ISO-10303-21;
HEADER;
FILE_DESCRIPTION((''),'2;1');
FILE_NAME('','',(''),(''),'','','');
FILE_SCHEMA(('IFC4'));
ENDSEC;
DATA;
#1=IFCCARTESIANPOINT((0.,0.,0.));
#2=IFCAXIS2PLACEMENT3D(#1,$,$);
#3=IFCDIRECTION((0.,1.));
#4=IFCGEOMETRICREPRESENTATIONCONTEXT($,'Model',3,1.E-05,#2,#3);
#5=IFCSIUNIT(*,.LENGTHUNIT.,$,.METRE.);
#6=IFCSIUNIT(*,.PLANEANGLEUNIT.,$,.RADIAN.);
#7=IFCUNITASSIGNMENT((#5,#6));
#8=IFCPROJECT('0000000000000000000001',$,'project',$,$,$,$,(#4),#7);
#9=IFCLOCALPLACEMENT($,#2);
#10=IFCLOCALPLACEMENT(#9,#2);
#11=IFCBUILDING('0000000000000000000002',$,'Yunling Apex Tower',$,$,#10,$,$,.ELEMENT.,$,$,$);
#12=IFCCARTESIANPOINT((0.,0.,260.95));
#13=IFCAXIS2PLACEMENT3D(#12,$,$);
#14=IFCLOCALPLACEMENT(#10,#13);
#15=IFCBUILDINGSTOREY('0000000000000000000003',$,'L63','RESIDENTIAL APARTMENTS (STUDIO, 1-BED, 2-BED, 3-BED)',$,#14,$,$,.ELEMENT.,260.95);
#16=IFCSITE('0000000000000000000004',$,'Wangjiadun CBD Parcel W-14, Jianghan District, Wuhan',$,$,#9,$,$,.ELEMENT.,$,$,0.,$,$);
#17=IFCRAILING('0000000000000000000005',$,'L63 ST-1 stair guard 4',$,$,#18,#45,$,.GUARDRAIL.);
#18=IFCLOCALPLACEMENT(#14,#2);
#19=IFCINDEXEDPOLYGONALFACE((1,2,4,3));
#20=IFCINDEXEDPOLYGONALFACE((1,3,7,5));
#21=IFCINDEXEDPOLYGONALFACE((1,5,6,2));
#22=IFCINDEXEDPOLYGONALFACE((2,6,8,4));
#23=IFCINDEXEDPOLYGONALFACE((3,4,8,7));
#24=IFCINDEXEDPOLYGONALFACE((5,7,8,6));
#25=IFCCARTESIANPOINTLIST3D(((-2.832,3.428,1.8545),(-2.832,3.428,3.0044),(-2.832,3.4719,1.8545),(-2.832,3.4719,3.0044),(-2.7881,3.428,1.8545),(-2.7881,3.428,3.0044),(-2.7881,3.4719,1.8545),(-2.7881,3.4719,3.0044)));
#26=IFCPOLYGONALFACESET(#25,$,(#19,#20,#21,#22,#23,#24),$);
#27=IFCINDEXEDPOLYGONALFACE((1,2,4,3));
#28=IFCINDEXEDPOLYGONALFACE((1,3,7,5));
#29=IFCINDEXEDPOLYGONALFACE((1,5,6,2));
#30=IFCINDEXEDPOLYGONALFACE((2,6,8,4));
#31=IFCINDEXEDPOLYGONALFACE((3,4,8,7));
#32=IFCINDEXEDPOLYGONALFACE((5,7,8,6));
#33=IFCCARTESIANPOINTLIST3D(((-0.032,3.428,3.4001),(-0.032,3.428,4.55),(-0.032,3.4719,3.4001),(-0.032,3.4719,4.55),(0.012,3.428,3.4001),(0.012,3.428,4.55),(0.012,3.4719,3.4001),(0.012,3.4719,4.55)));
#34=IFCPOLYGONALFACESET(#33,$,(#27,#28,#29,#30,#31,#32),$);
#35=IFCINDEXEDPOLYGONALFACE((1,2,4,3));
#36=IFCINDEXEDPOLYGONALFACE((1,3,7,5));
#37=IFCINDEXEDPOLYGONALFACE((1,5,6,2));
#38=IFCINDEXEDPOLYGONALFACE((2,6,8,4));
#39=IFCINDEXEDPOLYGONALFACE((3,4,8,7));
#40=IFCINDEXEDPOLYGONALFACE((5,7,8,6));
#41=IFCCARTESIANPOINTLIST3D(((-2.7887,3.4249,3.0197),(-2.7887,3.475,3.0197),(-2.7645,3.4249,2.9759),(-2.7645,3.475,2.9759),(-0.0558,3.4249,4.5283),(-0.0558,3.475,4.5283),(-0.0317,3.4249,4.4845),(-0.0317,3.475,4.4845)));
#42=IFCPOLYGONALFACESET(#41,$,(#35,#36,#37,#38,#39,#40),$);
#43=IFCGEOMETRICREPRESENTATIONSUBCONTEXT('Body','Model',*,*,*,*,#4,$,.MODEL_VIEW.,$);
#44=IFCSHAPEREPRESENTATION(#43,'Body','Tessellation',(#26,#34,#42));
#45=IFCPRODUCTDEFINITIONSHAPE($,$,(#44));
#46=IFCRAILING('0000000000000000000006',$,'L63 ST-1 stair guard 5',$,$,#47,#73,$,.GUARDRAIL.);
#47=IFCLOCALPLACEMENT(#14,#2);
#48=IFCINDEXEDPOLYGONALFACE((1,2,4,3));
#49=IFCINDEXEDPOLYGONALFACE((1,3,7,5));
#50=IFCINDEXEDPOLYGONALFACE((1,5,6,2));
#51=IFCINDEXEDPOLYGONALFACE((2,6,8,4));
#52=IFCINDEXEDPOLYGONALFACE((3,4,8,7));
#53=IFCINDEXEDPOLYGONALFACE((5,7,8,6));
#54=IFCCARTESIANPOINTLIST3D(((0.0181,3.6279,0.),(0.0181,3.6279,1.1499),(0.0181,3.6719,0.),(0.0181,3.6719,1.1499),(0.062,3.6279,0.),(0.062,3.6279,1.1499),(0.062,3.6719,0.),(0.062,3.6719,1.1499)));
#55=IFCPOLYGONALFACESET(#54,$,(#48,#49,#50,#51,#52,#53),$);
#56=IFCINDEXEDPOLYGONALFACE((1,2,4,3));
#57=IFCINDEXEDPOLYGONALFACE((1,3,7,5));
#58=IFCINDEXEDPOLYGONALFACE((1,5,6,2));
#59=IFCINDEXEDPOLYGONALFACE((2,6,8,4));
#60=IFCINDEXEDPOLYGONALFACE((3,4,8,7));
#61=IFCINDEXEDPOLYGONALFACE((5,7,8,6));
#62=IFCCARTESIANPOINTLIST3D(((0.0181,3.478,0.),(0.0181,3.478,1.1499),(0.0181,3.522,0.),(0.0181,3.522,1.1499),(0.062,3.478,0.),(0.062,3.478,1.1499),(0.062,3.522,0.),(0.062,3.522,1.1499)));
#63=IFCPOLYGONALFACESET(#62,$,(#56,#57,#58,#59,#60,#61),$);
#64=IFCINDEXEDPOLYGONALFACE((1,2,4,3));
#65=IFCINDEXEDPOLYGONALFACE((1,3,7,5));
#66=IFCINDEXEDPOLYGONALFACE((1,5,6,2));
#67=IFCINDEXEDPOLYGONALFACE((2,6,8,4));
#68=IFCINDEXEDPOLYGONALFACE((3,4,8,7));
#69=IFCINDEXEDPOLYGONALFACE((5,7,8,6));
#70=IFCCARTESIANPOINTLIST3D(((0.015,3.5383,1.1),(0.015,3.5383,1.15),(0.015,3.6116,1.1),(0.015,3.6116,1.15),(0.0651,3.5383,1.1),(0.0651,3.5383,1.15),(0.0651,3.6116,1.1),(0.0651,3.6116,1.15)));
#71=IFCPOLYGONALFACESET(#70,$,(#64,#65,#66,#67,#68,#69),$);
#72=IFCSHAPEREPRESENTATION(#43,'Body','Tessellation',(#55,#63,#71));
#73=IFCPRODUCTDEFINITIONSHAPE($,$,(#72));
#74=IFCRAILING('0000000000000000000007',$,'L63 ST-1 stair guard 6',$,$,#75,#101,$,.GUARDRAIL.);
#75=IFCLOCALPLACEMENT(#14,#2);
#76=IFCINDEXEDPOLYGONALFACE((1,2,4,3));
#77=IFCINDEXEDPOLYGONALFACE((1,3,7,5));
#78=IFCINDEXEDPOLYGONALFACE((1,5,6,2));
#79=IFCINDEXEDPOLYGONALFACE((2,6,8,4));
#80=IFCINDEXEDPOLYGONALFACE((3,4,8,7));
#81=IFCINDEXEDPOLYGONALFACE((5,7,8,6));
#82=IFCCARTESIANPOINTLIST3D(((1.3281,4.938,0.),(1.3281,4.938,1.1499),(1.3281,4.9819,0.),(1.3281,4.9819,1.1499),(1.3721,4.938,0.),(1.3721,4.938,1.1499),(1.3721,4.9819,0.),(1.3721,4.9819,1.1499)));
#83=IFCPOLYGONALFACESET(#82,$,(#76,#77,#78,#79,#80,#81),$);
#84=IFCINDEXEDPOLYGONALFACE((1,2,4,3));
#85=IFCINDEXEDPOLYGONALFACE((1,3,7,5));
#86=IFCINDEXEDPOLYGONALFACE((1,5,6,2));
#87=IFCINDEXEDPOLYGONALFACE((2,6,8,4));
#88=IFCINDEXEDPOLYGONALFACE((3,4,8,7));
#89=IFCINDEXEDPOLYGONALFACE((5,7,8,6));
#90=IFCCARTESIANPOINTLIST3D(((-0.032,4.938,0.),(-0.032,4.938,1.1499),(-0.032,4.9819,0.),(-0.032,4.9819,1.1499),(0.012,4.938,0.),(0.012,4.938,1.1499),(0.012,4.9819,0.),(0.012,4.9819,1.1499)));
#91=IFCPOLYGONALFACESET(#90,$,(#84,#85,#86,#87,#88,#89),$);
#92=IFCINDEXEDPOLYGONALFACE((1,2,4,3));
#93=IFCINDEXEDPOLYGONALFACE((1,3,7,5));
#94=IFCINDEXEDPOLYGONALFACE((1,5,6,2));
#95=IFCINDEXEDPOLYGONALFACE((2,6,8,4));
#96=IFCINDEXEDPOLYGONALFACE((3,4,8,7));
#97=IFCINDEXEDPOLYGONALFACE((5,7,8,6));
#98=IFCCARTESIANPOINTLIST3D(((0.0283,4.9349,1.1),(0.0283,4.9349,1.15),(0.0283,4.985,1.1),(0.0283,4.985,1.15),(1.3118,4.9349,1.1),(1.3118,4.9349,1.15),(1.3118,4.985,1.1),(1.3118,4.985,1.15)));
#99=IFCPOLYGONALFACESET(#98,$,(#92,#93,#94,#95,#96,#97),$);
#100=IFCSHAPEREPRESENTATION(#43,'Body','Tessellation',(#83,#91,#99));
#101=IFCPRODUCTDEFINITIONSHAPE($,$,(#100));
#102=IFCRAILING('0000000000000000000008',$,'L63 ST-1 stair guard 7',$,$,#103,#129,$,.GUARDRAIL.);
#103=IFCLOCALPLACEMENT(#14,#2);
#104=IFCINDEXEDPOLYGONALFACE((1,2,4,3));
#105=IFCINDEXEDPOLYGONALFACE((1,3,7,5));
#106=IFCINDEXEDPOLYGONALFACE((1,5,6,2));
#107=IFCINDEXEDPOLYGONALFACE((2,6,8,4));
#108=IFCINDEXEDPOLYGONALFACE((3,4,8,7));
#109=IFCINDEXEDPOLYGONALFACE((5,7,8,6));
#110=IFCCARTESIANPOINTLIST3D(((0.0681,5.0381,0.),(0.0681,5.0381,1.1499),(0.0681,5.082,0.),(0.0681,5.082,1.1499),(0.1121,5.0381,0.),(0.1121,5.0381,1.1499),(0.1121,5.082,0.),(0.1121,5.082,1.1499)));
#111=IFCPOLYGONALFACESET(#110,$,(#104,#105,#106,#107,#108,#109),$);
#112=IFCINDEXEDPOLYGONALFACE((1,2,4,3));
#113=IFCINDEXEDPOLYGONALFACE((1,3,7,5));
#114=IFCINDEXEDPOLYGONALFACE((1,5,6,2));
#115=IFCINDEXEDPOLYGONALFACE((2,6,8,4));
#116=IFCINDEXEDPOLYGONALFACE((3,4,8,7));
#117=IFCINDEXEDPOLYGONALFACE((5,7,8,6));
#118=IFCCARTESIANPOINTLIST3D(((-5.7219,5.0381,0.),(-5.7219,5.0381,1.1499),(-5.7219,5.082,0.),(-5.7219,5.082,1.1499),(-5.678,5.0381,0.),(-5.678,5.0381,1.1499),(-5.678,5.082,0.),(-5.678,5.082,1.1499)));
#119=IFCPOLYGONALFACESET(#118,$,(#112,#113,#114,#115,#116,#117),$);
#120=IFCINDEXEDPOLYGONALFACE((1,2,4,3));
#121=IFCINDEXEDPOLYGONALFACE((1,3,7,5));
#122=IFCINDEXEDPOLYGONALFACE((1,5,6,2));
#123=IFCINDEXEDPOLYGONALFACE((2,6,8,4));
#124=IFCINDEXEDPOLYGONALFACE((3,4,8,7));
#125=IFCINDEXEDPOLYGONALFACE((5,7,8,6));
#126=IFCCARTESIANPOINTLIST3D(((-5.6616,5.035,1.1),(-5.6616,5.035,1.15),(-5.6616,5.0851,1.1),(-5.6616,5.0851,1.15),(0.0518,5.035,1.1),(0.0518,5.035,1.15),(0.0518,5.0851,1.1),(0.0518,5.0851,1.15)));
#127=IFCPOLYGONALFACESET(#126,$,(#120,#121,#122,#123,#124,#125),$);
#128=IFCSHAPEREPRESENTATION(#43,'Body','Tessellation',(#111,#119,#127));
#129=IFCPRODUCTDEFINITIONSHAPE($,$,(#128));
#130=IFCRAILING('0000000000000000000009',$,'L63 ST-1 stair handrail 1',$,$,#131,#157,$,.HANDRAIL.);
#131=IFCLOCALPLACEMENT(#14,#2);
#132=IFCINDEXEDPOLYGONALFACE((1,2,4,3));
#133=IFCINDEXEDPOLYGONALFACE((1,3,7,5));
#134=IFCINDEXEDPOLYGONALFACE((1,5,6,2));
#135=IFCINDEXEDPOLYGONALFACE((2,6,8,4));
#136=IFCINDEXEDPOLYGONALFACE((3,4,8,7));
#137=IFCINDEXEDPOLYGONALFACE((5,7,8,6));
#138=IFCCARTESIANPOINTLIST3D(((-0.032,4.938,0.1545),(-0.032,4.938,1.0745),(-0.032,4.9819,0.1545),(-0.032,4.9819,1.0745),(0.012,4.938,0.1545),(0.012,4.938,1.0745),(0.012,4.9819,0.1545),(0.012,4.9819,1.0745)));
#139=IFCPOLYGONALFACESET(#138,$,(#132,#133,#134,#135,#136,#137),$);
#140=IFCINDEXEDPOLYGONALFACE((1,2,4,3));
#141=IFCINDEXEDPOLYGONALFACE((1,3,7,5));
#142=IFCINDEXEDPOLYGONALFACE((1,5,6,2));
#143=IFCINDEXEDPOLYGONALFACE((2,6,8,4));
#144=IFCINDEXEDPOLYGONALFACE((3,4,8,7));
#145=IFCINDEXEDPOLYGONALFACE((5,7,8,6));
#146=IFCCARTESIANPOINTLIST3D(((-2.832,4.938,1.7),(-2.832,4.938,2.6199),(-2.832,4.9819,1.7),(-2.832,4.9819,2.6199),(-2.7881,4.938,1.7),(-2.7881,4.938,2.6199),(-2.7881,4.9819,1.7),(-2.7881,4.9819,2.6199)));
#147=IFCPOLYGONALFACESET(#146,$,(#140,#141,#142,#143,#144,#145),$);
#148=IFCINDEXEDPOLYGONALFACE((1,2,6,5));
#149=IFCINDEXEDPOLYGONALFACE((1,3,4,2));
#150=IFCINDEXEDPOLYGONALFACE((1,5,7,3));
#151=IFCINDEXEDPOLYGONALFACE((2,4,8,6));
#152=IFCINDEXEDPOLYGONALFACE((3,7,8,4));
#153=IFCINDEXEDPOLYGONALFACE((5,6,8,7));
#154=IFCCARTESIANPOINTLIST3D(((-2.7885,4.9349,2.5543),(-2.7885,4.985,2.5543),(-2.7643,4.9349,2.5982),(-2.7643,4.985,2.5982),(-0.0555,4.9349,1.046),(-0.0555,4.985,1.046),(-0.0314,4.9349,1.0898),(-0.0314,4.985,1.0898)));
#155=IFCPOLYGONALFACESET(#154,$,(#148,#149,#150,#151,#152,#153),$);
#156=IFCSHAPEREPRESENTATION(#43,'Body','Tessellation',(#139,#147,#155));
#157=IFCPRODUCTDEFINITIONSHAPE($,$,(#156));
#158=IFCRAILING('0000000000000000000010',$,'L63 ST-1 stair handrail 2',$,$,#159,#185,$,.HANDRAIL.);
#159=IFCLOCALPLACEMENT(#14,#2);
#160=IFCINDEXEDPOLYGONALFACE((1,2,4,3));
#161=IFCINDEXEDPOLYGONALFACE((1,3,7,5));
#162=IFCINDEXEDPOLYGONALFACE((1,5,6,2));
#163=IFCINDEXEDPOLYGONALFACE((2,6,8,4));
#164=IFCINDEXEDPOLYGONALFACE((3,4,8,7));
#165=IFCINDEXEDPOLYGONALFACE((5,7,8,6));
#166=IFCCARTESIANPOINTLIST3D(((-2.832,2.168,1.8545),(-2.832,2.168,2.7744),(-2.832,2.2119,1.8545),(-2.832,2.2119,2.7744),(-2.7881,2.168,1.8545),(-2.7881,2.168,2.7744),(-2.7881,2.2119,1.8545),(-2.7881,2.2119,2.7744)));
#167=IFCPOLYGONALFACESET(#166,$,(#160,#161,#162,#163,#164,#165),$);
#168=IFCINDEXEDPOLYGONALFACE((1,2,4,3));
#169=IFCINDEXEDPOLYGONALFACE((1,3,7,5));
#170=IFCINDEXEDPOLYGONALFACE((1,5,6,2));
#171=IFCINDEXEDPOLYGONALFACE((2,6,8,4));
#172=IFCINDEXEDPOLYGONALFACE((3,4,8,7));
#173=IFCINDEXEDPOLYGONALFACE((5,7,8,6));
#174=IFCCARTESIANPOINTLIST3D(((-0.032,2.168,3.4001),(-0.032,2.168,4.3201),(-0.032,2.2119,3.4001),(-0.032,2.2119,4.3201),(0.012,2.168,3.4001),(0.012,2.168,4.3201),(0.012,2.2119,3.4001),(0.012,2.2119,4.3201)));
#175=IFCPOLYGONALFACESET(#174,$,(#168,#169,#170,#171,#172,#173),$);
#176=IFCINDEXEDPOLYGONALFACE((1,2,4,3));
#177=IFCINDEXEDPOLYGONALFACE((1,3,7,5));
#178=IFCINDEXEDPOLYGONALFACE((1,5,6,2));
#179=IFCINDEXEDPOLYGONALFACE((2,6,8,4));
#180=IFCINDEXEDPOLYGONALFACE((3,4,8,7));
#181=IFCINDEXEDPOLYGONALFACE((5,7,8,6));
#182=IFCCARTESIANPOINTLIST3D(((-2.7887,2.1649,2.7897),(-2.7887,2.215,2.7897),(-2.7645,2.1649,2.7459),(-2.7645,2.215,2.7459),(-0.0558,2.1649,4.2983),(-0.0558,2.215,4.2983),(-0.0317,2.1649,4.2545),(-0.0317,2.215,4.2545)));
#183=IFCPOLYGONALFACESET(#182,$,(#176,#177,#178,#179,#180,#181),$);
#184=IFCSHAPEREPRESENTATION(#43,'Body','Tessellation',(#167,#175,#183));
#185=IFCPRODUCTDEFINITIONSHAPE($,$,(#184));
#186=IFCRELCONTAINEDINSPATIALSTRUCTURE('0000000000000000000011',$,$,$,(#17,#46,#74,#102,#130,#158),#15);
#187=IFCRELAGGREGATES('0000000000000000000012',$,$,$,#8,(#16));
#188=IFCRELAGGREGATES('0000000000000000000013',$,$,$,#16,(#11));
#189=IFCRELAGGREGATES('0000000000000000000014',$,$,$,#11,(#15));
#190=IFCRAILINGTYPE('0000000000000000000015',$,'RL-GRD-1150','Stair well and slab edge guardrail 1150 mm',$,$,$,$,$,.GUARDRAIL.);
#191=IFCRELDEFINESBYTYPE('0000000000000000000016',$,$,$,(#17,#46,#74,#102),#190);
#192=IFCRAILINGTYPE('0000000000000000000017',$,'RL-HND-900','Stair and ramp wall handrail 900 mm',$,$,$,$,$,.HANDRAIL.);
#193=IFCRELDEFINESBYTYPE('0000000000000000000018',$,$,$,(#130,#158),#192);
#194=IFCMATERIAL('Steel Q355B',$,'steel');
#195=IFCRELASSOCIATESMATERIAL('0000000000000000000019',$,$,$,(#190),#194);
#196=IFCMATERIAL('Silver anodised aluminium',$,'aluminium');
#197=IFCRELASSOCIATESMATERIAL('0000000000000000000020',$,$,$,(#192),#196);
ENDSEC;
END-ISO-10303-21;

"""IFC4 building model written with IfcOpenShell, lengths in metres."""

from ifc_helpers import new_model, si_unit, direction, frame, origin, origin_2d, place, context, subcontext, project, spatial, rectangle, extrude, material, type_object, element, save


model = new_model("IFC4")

# Units and contexts
model_context = context("Model", 3, precision=1e-05, world=origin(), true_north=direction((0.0, 1.0)))
body_context = subcontext(model_context, "Body", "Model", "MODEL_VIEW")
ifc_project = project(units=[si_unit("LENGTHUNIT", "METRE"), si_unit("PLANEANGLEUNIT", "RADIAN")], contexts=[model_context])

# Site, building, storey
site_placement = place(None, origin())
site = spatial("IfcSite", under=ifc_project, at=site_placement, Name="Wangjiadun CBD Parcel W-14, Jianghan District, Wuhan", CompositionType="ELEMENT", RefElevation=0.0)
building_placement = place(site_placement, origin())
building = spatial("IfcBuilding", under=site, at=building_placement, Name="Yunling Apex Tower", CompositionType="ELEMENT")
storey_placement = place(building_placement, frame((0.0, 0.0, 260.95)))
storey = spatial("IfcBuildingStorey", under=building, at=storey_placement, Name="L63", Description="RESIDENTIAL APARTMENTS (STUDIO, 1-BED, 2-BED, 3-BED)", CompositionType="ELEMENT", Elevation=260.95)

# Shared definitions
ifc_material_1 = material(Name="Steel Q355B", Category="steel")

# Railings
railing_type_1 = type_object("IfcRailingType", Name="RL-GRD-1150", Description="Stair well and slab edge guardrail 1150 mm", PredefinedType="GUARDRAIL", material=ifc_material_1)
railing_1_placement = place(storey_placement, frame((-2.8101, 3.45, 1.8545)))
element("IfcRailing", 1, at=railing_1_placement, inside=storey, type_object=railing_type_1, Name="L63 ST-1 stair guard 4", PredefinedType="GUARDRAIL", context=body_context, shape_type="SweptSolid", body=[
    extrude(rectangle(XDim=0.0439, YDim=0.0439, at=origin_2d()), origin(), (0.0, 0.0, 1.0), 1.1499),
    extrude(rectangle(XDim=0.0439, YDim=0.0439, at=origin_2d()), frame((2.8, 0.0, 1.5457)), (0.0, 0.0, 1.0), 1.1499),
    extrude(rectangle(XDim=0.05, YDim=0.05, at=origin_2d()), frame((0.0334, 0.0, 1.1433), z_axis=(0.875472, 0.0, 0.483269), x_axis=(0.0, 1.0, 0.0)), (0.0, 0.0, 1.0), 3.1216),
])
railing_2_placement = place(storey_placement, frame((0.04, 3.6499, 0.0)))
element("IfcRailing", 2, at=railing_2_placement, inside=storey, type_object=railing_type_1, Name="L63 ST-1 stair guard 5", PredefinedType="GUARDRAIL", context=body_context, shape_type="SweptSolid", body=[
    extrude(rectangle(XDim=0.0439, YDim=0.0439, at=origin_2d()), origin(), (0.0, 0.0, 1.0), 1.1499),
    extrude(rectangle(XDim=0.0439, YDim=0.0439, at=origin_2d()), frame((0.0, -0.1499, 0.0)), (0.0, 0.0, 1.0), 1.1499),
    extrude(rectangle(XDim=0.05, YDim=0.05, at=origin_2d()), frame((0.0, -0.0383, 1.125), z_axis=(0.0, -1.0, 0.0), x_axis=(1.0, 0.0, 0.0)), (0.0, 0.0, 1.0), 0.0732),
])
railing_3_placement = place(storey_placement, frame((1.3501, 4.96, 0.0)))
element("IfcRailing", 3, at=railing_3_placement, inside=storey, type_object=railing_type_1, Name="L63 ST-1 stair guard 6", PredefinedType="GUARDRAIL", context=body_context, shape_type="SweptSolid", body=[
    extrude(rectangle(XDim=0.0439, YDim=0.0439, at=origin_2d()), origin(), (0.0, 0.0, 1.0), 1.1499),
    extrude(rectangle(XDim=0.0439, YDim=0.0439, at=origin_2d()), frame((-1.3601, 0.0, 0.0)), (0.0, 0.0, 1.0), 1.1499),
    extrude(rectangle(XDim=0.05, YDim=0.05, at=origin_2d()), frame((-0.0383, 0.0, 1.125), z_axis=(-1.0, 0.0, 0.0), x_axis=(0.0, -1.0, 0.0)), (0.0, 0.0, 1.0), 1.2834),
])
railing_4_placement = place(storey_placement, frame((0.0901, 5.0601, 0.0)))
element("IfcRailing", 4, at=railing_4_placement, inside=storey, type_object=railing_type_1, Name="L63 ST-1 stair guard 7", PredefinedType="GUARDRAIL", context=body_context, shape_type="SweptSolid", body=[
    extrude(rectangle(XDim=0.0439, YDim=0.0439, at=origin_2d()), origin(), (0.0, 0.0, 1.0), 1.1499),
    extrude(rectangle(XDim=0.0439, YDim=0.0439, at=origin_2d()), frame((-5.79, 0.0, 0.0)), (0.0, 0.0, 1.0), 1.1499),
    extrude(rectangle(XDim=0.05, YDim=0.05, at=origin_2d()), frame((-0.0383, 0.0, 1.125), z_axis=(-1.0, 0.0, 0.0), x_axis=(0.0, -1.0, 0.0)), (0.0, 0.0, 1.0), 5.7134),
])
ifc_material_2 = material(Name="Silver anodised aluminium", Category="aluminium")
railing_type_2 = type_object("IfcRailingType", Name="RL-HND-900", Description="Stair and ramp wall handrail 900 mm", PredefinedType="HANDRAIL", material=ifc_material_2)
railing_5_placement = place(storey_placement, frame((-0.01, 4.96, 0.1545)))
element("IfcRailing", 5, at=railing_5_placement, inside=storey, type_object=railing_type_2, Name="L63 ST-1 stair handrail 1", PredefinedType="HANDRAIL", context=body_context, shape_type="SweptSolid", body=[
    extrude(rectangle(XDim=0.0439, YDim=0.0439, at=origin_2d()), origin(), (0.0, 0.0, 1.0), 0.9199),
    extrude(rectangle(XDim=0.0439, YDim=0.0439, at=origin_2d()), frame((-2.8, 0.0, 1.5454)), (0.0, 0.0, 1.0), 0.9199),
    extrude(rectangle(XDim=0.05, YDim=0.05, at=origin_2d()), frame((-0.0334, 0.0, 0.9133), z_axis=(-0.875504, 0.0, 0.483211), x_axis=(0.0, -1.0, 0.0)), (0.0, 0.0, 1.0), 3.1216),
])
railing_6_placement = place(storey_placement, frame((-2.8101, 2.1899, 1.8545)))
element("IfcRailing", 6, at=railing_6_placement, inside=storey, type_object=railing_type_2, Name="L63 ST-1 stair handrail 2", PredefinedType="HANDRAIL", context=body_context, shape_type="SweptSolid", body=[
    extrude(rectangle(XDim=0.0439, YDim=0.0439, at=origin_2d()), origin(), (0.0, 0.0, 1.0), 0.9199),
    extrude(rectangle(XDim=0.0439, YDim=0.0439, at=origin_2d()), frame((2.8, 0.0, 1.5457)), (0.0, 0.0, 1.0), 0.9199),
    extrude(rectangle(XDim=0.05, YDim=0.05, at=origin_2d()), frame((0.0334, 0.0, 0.9133), z_axis=(0.875472, 0.0, 0.483269), x_axis=(0.0, 1.0, 0.0)), (0.0, 0.0, 1.0), 3.1216),
])

save(model, "model.ifc")
